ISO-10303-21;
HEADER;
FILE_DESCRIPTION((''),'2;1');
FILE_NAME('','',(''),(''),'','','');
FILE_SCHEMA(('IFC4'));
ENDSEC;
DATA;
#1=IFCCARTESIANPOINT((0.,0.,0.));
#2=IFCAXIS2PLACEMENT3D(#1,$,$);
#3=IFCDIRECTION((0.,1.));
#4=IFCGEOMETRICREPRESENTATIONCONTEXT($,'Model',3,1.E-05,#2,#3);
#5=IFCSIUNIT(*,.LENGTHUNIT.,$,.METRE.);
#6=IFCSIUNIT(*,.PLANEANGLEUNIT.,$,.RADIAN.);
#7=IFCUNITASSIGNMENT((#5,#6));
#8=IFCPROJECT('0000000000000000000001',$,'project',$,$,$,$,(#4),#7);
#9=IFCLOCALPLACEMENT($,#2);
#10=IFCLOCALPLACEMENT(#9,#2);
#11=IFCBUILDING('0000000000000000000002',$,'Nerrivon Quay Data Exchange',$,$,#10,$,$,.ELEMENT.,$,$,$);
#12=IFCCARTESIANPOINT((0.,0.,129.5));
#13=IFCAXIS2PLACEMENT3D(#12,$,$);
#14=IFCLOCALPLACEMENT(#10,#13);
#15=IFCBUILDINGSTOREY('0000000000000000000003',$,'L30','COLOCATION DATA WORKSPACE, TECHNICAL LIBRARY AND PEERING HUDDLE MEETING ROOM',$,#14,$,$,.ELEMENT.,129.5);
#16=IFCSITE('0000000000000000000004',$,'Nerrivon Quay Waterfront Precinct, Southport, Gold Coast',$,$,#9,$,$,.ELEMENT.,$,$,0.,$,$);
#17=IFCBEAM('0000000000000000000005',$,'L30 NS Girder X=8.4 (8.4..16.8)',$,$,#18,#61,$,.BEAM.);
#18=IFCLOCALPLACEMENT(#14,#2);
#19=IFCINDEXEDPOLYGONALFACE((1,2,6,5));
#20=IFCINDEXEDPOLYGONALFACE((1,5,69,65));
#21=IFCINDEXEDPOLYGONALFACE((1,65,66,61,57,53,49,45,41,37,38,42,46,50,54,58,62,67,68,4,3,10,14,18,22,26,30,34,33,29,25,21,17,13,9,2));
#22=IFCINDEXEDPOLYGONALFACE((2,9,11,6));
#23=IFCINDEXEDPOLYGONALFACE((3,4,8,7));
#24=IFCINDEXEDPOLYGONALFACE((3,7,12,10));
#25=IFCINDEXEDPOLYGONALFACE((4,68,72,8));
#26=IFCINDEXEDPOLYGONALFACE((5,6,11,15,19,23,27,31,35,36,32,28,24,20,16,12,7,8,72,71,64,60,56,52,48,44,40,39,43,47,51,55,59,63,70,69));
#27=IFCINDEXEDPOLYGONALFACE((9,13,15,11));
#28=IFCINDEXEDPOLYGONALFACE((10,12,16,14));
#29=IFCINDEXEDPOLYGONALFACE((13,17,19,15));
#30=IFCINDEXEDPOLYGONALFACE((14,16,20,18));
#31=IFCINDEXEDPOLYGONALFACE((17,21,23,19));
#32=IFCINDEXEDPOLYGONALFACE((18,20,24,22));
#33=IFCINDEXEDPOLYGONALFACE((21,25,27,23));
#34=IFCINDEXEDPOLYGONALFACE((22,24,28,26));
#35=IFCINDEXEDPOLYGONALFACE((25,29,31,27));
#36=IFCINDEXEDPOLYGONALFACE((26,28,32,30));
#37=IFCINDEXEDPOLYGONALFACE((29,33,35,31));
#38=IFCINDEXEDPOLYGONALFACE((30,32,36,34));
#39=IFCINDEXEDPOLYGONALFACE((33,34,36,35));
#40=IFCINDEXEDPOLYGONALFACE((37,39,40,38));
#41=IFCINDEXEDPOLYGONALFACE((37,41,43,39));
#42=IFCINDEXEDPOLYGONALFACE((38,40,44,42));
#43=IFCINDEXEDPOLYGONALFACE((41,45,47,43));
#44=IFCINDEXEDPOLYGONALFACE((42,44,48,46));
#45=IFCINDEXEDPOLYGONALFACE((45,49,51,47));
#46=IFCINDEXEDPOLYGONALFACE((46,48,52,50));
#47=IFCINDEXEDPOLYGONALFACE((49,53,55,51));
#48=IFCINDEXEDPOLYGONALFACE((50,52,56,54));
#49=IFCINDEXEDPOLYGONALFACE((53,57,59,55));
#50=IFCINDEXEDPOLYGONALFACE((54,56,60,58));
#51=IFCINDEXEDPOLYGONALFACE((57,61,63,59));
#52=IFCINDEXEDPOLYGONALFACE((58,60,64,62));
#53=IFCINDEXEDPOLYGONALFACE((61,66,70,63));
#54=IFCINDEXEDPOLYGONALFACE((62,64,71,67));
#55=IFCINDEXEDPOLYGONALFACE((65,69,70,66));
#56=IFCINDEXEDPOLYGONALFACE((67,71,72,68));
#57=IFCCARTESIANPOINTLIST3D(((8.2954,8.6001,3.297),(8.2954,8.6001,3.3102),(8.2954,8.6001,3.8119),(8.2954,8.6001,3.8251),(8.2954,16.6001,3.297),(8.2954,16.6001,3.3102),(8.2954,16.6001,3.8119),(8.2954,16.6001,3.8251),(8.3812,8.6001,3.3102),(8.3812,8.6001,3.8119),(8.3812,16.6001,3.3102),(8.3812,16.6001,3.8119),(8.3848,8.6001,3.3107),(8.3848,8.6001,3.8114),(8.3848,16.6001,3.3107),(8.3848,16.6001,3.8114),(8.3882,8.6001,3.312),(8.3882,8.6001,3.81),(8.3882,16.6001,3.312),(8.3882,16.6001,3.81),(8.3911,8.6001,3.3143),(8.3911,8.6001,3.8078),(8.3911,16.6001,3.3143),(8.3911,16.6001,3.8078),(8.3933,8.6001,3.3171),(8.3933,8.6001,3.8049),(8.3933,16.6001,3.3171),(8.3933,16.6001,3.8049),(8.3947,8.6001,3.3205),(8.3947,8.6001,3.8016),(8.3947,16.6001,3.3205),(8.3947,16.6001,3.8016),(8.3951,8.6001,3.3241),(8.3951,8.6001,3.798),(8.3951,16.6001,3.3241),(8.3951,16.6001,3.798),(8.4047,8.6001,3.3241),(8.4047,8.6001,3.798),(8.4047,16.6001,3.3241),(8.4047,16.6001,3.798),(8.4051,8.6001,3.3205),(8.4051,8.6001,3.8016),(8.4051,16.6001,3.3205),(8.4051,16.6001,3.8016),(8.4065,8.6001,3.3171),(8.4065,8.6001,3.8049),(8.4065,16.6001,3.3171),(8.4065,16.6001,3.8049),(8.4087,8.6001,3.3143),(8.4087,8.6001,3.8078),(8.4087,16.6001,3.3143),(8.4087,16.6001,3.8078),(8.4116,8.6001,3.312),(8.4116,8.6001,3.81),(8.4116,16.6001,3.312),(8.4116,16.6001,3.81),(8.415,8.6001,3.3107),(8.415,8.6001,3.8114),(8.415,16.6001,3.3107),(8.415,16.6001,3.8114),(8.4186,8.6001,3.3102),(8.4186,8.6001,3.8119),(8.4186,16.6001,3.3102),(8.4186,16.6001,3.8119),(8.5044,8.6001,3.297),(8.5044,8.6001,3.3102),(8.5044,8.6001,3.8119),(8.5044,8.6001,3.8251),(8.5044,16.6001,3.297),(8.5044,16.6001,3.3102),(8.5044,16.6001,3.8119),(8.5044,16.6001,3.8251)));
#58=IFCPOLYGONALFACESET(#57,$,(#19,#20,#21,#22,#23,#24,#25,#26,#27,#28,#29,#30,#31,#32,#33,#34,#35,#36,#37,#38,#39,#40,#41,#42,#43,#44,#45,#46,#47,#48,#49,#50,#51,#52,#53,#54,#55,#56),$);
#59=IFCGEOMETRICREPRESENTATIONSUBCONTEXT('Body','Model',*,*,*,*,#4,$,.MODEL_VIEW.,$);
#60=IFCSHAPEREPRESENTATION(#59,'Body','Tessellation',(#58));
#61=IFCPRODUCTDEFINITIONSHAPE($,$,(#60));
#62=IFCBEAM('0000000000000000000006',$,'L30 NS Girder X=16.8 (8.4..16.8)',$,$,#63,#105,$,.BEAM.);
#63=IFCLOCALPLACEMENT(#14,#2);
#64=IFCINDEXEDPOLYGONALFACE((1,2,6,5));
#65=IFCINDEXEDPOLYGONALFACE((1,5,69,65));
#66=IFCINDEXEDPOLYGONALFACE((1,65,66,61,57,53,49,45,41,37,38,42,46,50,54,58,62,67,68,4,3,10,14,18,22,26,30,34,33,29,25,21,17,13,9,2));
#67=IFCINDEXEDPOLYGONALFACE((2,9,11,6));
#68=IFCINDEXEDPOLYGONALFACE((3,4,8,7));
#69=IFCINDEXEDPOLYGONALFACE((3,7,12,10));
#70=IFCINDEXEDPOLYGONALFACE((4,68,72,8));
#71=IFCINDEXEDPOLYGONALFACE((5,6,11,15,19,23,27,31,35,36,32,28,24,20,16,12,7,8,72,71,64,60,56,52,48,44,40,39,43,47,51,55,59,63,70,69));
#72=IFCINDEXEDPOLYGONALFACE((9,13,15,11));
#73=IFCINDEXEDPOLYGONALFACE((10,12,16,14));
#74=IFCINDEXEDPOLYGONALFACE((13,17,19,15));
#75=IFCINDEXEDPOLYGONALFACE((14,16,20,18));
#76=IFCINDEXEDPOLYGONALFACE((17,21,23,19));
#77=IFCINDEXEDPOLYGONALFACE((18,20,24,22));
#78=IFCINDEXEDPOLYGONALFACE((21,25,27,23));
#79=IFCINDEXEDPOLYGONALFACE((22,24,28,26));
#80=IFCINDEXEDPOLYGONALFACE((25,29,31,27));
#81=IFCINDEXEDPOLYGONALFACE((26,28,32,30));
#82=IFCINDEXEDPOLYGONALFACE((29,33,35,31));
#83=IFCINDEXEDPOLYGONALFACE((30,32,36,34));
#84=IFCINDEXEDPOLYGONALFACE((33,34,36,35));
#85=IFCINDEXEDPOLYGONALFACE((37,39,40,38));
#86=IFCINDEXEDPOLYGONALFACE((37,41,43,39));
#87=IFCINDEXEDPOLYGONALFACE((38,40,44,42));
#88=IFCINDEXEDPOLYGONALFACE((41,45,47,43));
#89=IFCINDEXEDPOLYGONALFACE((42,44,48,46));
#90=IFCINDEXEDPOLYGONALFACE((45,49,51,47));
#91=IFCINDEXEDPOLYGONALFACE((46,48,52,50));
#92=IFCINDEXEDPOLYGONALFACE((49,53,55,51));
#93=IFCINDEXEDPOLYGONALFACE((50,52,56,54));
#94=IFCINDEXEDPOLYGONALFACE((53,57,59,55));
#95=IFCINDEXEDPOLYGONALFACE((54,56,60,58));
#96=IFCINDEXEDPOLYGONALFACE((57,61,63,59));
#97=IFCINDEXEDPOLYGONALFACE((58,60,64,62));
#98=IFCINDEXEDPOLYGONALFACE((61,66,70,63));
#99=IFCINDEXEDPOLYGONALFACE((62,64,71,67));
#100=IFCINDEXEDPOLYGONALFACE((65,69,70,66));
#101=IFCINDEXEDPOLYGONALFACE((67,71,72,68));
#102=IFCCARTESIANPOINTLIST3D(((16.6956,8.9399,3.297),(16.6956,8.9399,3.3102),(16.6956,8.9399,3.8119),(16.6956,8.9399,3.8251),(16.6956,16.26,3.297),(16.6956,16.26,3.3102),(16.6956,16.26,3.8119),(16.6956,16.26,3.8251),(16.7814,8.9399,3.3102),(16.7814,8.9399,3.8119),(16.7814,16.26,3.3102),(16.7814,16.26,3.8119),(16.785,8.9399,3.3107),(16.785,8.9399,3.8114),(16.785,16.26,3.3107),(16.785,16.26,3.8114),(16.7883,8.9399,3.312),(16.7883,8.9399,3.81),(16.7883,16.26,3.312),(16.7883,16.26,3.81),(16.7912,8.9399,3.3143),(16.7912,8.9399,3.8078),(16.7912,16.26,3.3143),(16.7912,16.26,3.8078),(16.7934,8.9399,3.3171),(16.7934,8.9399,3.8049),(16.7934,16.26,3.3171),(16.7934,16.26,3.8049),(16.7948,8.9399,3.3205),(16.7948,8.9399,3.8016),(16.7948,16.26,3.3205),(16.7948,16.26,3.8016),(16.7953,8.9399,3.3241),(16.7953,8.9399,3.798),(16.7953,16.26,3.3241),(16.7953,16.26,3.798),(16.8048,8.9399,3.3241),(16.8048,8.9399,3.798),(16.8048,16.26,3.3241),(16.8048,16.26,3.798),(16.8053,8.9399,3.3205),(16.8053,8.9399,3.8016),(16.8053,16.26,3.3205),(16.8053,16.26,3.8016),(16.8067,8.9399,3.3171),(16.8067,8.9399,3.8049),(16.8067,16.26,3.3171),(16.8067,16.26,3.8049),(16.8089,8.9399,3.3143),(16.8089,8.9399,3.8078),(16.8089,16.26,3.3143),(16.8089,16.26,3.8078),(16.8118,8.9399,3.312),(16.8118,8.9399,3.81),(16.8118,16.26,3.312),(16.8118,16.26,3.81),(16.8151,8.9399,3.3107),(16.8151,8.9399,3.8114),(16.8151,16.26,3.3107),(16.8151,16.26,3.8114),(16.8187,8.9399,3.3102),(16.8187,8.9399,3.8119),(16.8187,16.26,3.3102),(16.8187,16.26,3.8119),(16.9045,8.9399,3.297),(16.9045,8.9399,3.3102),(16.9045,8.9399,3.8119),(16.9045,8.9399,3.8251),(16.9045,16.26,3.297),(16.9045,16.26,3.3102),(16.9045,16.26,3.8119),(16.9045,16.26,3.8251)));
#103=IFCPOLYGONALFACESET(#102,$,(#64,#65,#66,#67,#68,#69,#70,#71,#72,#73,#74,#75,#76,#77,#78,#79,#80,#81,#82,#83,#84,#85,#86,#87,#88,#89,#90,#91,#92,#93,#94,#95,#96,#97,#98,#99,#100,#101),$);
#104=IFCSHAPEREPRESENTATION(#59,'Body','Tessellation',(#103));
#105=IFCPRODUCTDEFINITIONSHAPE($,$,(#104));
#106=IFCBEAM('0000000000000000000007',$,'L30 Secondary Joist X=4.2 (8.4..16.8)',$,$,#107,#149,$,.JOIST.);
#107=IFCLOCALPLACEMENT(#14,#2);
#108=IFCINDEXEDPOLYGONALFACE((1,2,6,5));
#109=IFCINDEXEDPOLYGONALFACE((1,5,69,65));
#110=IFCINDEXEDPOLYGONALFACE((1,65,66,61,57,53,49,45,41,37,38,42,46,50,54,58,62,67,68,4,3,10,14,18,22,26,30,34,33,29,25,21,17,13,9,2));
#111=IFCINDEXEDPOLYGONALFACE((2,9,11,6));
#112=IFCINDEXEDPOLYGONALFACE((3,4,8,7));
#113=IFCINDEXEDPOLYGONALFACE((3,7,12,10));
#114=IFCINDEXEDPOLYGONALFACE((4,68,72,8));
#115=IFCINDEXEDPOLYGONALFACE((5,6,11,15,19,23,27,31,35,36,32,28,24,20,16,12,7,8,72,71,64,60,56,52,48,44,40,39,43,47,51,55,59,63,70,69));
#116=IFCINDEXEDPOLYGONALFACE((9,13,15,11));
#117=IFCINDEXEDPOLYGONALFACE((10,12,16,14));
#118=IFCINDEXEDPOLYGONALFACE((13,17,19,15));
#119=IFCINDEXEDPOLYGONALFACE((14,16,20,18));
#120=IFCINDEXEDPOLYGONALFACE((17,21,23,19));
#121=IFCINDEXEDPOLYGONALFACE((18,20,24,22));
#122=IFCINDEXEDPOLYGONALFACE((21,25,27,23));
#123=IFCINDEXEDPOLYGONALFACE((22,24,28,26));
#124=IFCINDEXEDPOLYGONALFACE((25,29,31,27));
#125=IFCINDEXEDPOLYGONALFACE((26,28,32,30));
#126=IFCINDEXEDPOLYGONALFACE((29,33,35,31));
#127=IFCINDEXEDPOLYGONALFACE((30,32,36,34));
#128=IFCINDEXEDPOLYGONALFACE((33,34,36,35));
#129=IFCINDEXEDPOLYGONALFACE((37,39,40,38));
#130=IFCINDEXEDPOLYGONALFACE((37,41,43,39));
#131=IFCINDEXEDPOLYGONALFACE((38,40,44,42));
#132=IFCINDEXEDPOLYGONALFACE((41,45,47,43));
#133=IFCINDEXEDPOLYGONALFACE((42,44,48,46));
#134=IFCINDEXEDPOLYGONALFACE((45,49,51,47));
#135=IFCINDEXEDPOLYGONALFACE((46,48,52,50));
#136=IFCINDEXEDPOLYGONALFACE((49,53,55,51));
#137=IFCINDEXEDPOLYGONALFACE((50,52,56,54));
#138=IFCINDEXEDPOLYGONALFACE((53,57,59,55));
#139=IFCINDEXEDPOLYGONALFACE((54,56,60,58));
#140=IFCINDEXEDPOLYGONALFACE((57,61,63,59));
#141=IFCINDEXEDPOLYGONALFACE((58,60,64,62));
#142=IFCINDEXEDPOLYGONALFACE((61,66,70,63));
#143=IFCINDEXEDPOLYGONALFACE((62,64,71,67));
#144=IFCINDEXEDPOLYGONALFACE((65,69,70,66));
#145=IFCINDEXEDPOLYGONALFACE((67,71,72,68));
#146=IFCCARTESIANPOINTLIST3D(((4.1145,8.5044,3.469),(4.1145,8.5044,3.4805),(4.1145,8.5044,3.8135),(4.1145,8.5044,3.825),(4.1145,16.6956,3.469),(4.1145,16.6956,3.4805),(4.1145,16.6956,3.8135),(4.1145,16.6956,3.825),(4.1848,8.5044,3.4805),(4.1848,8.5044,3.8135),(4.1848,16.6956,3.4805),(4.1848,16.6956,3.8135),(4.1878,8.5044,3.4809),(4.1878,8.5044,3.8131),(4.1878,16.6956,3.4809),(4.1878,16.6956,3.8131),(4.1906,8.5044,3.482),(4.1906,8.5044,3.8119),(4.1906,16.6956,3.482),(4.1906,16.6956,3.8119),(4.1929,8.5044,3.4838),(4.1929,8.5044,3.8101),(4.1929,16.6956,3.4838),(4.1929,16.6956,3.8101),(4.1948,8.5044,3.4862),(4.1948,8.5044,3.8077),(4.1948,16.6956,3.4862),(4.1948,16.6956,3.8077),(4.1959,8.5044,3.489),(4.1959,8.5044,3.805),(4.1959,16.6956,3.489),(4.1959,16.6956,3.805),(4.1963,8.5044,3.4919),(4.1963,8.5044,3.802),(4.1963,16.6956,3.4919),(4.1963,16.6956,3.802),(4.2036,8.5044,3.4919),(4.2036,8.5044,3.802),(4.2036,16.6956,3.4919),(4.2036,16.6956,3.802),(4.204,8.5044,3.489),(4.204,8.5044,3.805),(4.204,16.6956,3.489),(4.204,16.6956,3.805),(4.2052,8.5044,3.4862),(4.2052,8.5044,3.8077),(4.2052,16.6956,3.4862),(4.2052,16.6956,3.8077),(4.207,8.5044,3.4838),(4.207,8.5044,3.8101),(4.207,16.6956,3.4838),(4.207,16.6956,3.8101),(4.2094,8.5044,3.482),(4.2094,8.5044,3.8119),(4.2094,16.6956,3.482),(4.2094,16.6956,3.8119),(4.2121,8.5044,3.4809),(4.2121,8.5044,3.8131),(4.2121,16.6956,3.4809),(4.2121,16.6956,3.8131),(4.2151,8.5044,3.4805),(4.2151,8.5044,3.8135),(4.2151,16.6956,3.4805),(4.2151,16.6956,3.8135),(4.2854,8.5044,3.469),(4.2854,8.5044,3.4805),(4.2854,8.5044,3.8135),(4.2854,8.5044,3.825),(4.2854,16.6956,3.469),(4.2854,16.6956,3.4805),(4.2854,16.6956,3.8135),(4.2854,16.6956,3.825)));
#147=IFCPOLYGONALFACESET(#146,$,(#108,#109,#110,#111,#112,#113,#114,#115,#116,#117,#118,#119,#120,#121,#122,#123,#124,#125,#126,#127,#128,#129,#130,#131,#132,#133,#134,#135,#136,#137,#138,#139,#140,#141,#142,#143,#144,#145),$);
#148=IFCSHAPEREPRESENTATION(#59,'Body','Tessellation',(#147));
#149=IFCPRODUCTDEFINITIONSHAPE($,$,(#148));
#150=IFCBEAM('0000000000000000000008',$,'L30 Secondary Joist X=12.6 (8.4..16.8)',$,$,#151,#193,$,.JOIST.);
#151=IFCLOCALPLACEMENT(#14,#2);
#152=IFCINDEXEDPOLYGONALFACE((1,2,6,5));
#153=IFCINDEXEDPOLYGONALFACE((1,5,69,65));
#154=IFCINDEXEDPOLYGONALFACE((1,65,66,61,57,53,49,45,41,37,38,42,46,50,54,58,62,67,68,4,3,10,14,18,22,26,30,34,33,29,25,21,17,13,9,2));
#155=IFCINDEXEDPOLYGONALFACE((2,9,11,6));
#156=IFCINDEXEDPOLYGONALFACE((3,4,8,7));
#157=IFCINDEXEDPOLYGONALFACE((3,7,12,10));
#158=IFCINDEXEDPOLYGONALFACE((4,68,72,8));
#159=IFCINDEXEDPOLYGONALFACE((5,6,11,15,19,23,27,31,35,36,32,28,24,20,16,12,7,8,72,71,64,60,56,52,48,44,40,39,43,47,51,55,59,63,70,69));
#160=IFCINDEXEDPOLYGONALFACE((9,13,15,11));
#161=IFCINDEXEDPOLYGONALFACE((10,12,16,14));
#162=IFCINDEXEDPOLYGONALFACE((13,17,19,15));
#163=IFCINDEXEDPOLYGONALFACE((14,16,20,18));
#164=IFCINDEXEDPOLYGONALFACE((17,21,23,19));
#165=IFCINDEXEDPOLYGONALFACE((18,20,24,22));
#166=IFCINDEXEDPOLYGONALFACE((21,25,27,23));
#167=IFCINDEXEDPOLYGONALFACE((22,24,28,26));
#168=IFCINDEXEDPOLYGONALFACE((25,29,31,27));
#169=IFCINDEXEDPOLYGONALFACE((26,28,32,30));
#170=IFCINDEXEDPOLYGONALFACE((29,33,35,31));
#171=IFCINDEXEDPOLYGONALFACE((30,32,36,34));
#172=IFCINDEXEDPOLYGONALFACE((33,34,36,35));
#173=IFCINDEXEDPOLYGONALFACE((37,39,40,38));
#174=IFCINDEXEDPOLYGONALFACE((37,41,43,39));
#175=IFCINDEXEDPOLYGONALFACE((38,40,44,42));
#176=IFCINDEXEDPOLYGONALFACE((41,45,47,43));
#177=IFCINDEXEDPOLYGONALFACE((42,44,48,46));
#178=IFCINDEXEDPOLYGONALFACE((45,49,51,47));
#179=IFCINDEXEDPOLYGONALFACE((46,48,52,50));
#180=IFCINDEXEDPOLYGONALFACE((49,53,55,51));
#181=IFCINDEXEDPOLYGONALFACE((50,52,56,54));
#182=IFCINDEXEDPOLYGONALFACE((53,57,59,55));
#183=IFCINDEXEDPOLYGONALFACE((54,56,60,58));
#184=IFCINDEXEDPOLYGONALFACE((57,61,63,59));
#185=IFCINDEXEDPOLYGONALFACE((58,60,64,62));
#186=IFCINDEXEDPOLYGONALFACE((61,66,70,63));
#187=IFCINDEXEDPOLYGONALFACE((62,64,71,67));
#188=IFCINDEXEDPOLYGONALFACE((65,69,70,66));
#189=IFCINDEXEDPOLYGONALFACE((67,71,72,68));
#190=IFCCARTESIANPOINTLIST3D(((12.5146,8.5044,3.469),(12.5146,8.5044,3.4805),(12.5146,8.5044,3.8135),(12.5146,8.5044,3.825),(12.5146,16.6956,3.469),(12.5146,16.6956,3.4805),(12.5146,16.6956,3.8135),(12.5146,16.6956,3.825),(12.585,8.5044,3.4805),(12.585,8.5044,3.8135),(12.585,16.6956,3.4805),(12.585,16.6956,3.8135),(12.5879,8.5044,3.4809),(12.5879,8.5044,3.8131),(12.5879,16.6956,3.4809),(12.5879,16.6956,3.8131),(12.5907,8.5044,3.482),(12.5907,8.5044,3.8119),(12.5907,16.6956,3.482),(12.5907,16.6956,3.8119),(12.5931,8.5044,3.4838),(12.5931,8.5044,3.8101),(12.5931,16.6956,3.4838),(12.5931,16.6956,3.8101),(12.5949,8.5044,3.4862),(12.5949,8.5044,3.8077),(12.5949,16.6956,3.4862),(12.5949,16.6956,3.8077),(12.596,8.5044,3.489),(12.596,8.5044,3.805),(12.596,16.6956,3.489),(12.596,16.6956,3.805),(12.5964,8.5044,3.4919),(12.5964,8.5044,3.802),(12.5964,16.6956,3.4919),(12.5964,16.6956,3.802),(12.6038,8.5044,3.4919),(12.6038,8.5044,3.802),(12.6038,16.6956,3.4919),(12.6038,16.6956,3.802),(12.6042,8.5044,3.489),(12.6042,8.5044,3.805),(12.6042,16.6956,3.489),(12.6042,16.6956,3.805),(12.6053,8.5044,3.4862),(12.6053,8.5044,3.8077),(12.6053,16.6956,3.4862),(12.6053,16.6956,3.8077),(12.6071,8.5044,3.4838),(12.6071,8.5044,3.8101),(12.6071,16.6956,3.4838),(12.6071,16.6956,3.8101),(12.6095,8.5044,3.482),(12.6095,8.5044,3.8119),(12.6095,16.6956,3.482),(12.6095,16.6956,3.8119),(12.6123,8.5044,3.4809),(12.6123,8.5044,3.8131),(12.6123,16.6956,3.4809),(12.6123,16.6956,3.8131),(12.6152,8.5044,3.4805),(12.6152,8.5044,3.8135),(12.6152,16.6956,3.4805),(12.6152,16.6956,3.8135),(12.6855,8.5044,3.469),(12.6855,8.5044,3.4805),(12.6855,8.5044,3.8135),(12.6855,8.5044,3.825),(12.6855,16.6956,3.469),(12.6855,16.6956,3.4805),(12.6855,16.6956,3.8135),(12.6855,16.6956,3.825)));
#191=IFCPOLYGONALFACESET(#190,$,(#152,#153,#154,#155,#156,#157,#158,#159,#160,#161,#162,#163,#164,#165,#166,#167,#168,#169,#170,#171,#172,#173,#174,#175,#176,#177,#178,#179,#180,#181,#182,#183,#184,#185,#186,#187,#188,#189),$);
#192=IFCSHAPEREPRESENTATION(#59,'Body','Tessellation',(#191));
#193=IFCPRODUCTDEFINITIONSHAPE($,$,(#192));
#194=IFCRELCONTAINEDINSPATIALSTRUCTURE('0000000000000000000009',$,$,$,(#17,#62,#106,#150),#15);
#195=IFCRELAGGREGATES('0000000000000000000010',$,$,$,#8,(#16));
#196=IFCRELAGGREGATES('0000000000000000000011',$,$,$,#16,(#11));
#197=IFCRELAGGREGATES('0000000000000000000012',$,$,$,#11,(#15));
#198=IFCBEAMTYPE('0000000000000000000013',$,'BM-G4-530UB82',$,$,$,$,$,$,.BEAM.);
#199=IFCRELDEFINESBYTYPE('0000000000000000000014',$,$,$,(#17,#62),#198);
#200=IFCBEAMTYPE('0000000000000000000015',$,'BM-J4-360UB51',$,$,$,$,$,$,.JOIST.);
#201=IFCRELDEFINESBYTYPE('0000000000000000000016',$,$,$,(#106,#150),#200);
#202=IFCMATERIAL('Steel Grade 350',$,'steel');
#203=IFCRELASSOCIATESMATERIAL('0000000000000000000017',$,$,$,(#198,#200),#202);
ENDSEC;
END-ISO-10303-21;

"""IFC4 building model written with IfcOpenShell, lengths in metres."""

from ifc_helpers import new_model, si_unit, direction, frame, origin, origin_2d, place, context, subcontext, project, spatial, i_section, extrude, material, material_profile, profile_set, type_object, element, save


model = new_model("IFC4")

# Units and contexts
model_context = context("Model", 3, precision=1e-05, world=origin(), true_north=direction((0.0, 1.0)))
body_context = subcontext(model_context, "Body", "Model", "MODEL_VIEW")
ifc_project = project(units=[si_unit("LENGTHUNIT", "METRE"), si_unit("PLANEANGLEUNIT", "RADIAN")], contexts=[model_context])

# Site, building, storey
site_placement = place(None, origin())
site = spatial("IfcSite", under=ifc_project, at=site_placement, Name="Nerrivon Quay Waterfront Precinct, Southport, Gold Coast", CompositionType="ELEMENT", RefElevation=0.0)
building_placement = place(site_placement, origin())
building = spatial("IfcBuilding", under=site, at=building_placement, Name="Nerrivon Quay Data Exchange", CompositionType="ELEMENT")
storey_placement = place(building_placement, frame((0.0, 0.0, 129.5)))
storey = spatial("IfcBuildingStorey", under=building, at=storey_placement, Name="L30", Description="COLOCATION DATA WORKSPACE, TECHNICAL LIBRARY AND PEERING HUDDLE MEETING ROOM", CompositionType="ELEMENT", Elevation=129.5)

# Shared definitions
ifc_material_1 = material(Name="Steel Grade 350", Category="steel")

# Beams
ifc_material_profile_1 = material_profile(ifc_material_1, i_section(OverallWidth=0.209, OverallDepth=0.5281, WebThickness=0.0095, FlangeThickness=0.0132, FilletRadius=0.0139, at=origin_2d()), Name="530UB82.0")
ifc_profile_set_1 = profile_set([ifc_material_profile_1], Name="Steel Grade 350")
beam_type_1 = type_object("IfcBeamType", Name="BM-G4-530UB82", PredefinedType="BEAM", material=ifc_profile_set_1)
beam_1_placement = place(storey_placement, frame((8.3999, 8.6001, 3.561), z_axis=(0.0, 1.0, 0.0), x_axis=(-1.0, 0.0, 0.0)))
element("IfcBeam", 1, at=beam_1_placement, inside=storey, type_object=beam_type_1, Name="L30 NS Girder X=8.4 (8.4..16.8)", PredefinedType="BEAM", context=body_context, shape_type="SweptSolid", body=[
    extrude(i_section(OverallWidth=0.209, OverallDepth=0.5281, WebThickness=0.0095, FlangeThickness=0.0132, FilletRadius=0.0139, at=origin_2d()), origin(), (0.0, 0.0, 1.0), 8.0),
])
beam_2_placement = place(storey_placement, frame((16.8, 8.9399, 3.561), z_axis=(0.0, 1.0, 0.0), x_axis=(-1.0, 0.0, 0.0)))
element("IfcBeam", 2, at=beam_2_placement, inside=storey, type_object=beam_type_1, Name="L30 NS Girder X=16.8 (8.4..16.8)", PredefinedType="BEAM", context=body_context, shape_type="SweptSolid", body=[
    extrude(i_section(OverallWidth=0.209, OverallDepth=0.5281, WebThickness=0.0095, FlangeThickness=0.0132, FilletRadius=0.0139, at=origin_2d()), origin(), (0.0, 0.0, 1.0), 7.3201),
])
ifc_material_profile_2 = material_profile(ifc_material_1, i_section(OverallWidth=0.1709, OverallDepth=0.356, WebThickness=0.0073, FlangeThickness=0.0115, FilletRadius=0.0115, at=origin_2d()), Name="360UB50.7")
ifc_profile_set_2 = profile_set([ifc_material_profile_2], Name="Steel Grade 350")
beam_type_2 = type_object("IfcBeamType", Name="BM-J4-360UB51", PredefinedType="JOIST", material=ifc_profile_set_2)
for number, where, z_axis, x_axis, name in (
    (3, (4.2, 8.5044, 3.647), (0.0, 1.0, 0.0), (-1.0, 0.0, 0.0), "L30 Secondary Joist X=4.2 (8.4..16.8)"),
    (4, (12.6001, 8.5044, 3.647), (0.0, 1.0, 0.0), (-1.0, 0.0, 0.0), "L30 Secondary Joist X=12.6 (8.4..16.8)"),
):
    element("IfcBeam", number, at=place(storey_placement, frame(where, z_axis=z_axis, x_axis=x_axis)), inside=storey, type_object=beam_type_2, Name=name, PredefinedType="JOIST", context=body_context, shape_type="SweptSolid", body=[
        extrude(i_section(OverallWidth=0.1709, OverallDepth=0.356, WebThickness=0.0073, FlangeThickness=0.0115, FilletRadius=0.0115, at=origin_2d()), origin(), (0.0, 0.0, 1.0), 8.1912),
    ])

save(model, "model.ifc")
